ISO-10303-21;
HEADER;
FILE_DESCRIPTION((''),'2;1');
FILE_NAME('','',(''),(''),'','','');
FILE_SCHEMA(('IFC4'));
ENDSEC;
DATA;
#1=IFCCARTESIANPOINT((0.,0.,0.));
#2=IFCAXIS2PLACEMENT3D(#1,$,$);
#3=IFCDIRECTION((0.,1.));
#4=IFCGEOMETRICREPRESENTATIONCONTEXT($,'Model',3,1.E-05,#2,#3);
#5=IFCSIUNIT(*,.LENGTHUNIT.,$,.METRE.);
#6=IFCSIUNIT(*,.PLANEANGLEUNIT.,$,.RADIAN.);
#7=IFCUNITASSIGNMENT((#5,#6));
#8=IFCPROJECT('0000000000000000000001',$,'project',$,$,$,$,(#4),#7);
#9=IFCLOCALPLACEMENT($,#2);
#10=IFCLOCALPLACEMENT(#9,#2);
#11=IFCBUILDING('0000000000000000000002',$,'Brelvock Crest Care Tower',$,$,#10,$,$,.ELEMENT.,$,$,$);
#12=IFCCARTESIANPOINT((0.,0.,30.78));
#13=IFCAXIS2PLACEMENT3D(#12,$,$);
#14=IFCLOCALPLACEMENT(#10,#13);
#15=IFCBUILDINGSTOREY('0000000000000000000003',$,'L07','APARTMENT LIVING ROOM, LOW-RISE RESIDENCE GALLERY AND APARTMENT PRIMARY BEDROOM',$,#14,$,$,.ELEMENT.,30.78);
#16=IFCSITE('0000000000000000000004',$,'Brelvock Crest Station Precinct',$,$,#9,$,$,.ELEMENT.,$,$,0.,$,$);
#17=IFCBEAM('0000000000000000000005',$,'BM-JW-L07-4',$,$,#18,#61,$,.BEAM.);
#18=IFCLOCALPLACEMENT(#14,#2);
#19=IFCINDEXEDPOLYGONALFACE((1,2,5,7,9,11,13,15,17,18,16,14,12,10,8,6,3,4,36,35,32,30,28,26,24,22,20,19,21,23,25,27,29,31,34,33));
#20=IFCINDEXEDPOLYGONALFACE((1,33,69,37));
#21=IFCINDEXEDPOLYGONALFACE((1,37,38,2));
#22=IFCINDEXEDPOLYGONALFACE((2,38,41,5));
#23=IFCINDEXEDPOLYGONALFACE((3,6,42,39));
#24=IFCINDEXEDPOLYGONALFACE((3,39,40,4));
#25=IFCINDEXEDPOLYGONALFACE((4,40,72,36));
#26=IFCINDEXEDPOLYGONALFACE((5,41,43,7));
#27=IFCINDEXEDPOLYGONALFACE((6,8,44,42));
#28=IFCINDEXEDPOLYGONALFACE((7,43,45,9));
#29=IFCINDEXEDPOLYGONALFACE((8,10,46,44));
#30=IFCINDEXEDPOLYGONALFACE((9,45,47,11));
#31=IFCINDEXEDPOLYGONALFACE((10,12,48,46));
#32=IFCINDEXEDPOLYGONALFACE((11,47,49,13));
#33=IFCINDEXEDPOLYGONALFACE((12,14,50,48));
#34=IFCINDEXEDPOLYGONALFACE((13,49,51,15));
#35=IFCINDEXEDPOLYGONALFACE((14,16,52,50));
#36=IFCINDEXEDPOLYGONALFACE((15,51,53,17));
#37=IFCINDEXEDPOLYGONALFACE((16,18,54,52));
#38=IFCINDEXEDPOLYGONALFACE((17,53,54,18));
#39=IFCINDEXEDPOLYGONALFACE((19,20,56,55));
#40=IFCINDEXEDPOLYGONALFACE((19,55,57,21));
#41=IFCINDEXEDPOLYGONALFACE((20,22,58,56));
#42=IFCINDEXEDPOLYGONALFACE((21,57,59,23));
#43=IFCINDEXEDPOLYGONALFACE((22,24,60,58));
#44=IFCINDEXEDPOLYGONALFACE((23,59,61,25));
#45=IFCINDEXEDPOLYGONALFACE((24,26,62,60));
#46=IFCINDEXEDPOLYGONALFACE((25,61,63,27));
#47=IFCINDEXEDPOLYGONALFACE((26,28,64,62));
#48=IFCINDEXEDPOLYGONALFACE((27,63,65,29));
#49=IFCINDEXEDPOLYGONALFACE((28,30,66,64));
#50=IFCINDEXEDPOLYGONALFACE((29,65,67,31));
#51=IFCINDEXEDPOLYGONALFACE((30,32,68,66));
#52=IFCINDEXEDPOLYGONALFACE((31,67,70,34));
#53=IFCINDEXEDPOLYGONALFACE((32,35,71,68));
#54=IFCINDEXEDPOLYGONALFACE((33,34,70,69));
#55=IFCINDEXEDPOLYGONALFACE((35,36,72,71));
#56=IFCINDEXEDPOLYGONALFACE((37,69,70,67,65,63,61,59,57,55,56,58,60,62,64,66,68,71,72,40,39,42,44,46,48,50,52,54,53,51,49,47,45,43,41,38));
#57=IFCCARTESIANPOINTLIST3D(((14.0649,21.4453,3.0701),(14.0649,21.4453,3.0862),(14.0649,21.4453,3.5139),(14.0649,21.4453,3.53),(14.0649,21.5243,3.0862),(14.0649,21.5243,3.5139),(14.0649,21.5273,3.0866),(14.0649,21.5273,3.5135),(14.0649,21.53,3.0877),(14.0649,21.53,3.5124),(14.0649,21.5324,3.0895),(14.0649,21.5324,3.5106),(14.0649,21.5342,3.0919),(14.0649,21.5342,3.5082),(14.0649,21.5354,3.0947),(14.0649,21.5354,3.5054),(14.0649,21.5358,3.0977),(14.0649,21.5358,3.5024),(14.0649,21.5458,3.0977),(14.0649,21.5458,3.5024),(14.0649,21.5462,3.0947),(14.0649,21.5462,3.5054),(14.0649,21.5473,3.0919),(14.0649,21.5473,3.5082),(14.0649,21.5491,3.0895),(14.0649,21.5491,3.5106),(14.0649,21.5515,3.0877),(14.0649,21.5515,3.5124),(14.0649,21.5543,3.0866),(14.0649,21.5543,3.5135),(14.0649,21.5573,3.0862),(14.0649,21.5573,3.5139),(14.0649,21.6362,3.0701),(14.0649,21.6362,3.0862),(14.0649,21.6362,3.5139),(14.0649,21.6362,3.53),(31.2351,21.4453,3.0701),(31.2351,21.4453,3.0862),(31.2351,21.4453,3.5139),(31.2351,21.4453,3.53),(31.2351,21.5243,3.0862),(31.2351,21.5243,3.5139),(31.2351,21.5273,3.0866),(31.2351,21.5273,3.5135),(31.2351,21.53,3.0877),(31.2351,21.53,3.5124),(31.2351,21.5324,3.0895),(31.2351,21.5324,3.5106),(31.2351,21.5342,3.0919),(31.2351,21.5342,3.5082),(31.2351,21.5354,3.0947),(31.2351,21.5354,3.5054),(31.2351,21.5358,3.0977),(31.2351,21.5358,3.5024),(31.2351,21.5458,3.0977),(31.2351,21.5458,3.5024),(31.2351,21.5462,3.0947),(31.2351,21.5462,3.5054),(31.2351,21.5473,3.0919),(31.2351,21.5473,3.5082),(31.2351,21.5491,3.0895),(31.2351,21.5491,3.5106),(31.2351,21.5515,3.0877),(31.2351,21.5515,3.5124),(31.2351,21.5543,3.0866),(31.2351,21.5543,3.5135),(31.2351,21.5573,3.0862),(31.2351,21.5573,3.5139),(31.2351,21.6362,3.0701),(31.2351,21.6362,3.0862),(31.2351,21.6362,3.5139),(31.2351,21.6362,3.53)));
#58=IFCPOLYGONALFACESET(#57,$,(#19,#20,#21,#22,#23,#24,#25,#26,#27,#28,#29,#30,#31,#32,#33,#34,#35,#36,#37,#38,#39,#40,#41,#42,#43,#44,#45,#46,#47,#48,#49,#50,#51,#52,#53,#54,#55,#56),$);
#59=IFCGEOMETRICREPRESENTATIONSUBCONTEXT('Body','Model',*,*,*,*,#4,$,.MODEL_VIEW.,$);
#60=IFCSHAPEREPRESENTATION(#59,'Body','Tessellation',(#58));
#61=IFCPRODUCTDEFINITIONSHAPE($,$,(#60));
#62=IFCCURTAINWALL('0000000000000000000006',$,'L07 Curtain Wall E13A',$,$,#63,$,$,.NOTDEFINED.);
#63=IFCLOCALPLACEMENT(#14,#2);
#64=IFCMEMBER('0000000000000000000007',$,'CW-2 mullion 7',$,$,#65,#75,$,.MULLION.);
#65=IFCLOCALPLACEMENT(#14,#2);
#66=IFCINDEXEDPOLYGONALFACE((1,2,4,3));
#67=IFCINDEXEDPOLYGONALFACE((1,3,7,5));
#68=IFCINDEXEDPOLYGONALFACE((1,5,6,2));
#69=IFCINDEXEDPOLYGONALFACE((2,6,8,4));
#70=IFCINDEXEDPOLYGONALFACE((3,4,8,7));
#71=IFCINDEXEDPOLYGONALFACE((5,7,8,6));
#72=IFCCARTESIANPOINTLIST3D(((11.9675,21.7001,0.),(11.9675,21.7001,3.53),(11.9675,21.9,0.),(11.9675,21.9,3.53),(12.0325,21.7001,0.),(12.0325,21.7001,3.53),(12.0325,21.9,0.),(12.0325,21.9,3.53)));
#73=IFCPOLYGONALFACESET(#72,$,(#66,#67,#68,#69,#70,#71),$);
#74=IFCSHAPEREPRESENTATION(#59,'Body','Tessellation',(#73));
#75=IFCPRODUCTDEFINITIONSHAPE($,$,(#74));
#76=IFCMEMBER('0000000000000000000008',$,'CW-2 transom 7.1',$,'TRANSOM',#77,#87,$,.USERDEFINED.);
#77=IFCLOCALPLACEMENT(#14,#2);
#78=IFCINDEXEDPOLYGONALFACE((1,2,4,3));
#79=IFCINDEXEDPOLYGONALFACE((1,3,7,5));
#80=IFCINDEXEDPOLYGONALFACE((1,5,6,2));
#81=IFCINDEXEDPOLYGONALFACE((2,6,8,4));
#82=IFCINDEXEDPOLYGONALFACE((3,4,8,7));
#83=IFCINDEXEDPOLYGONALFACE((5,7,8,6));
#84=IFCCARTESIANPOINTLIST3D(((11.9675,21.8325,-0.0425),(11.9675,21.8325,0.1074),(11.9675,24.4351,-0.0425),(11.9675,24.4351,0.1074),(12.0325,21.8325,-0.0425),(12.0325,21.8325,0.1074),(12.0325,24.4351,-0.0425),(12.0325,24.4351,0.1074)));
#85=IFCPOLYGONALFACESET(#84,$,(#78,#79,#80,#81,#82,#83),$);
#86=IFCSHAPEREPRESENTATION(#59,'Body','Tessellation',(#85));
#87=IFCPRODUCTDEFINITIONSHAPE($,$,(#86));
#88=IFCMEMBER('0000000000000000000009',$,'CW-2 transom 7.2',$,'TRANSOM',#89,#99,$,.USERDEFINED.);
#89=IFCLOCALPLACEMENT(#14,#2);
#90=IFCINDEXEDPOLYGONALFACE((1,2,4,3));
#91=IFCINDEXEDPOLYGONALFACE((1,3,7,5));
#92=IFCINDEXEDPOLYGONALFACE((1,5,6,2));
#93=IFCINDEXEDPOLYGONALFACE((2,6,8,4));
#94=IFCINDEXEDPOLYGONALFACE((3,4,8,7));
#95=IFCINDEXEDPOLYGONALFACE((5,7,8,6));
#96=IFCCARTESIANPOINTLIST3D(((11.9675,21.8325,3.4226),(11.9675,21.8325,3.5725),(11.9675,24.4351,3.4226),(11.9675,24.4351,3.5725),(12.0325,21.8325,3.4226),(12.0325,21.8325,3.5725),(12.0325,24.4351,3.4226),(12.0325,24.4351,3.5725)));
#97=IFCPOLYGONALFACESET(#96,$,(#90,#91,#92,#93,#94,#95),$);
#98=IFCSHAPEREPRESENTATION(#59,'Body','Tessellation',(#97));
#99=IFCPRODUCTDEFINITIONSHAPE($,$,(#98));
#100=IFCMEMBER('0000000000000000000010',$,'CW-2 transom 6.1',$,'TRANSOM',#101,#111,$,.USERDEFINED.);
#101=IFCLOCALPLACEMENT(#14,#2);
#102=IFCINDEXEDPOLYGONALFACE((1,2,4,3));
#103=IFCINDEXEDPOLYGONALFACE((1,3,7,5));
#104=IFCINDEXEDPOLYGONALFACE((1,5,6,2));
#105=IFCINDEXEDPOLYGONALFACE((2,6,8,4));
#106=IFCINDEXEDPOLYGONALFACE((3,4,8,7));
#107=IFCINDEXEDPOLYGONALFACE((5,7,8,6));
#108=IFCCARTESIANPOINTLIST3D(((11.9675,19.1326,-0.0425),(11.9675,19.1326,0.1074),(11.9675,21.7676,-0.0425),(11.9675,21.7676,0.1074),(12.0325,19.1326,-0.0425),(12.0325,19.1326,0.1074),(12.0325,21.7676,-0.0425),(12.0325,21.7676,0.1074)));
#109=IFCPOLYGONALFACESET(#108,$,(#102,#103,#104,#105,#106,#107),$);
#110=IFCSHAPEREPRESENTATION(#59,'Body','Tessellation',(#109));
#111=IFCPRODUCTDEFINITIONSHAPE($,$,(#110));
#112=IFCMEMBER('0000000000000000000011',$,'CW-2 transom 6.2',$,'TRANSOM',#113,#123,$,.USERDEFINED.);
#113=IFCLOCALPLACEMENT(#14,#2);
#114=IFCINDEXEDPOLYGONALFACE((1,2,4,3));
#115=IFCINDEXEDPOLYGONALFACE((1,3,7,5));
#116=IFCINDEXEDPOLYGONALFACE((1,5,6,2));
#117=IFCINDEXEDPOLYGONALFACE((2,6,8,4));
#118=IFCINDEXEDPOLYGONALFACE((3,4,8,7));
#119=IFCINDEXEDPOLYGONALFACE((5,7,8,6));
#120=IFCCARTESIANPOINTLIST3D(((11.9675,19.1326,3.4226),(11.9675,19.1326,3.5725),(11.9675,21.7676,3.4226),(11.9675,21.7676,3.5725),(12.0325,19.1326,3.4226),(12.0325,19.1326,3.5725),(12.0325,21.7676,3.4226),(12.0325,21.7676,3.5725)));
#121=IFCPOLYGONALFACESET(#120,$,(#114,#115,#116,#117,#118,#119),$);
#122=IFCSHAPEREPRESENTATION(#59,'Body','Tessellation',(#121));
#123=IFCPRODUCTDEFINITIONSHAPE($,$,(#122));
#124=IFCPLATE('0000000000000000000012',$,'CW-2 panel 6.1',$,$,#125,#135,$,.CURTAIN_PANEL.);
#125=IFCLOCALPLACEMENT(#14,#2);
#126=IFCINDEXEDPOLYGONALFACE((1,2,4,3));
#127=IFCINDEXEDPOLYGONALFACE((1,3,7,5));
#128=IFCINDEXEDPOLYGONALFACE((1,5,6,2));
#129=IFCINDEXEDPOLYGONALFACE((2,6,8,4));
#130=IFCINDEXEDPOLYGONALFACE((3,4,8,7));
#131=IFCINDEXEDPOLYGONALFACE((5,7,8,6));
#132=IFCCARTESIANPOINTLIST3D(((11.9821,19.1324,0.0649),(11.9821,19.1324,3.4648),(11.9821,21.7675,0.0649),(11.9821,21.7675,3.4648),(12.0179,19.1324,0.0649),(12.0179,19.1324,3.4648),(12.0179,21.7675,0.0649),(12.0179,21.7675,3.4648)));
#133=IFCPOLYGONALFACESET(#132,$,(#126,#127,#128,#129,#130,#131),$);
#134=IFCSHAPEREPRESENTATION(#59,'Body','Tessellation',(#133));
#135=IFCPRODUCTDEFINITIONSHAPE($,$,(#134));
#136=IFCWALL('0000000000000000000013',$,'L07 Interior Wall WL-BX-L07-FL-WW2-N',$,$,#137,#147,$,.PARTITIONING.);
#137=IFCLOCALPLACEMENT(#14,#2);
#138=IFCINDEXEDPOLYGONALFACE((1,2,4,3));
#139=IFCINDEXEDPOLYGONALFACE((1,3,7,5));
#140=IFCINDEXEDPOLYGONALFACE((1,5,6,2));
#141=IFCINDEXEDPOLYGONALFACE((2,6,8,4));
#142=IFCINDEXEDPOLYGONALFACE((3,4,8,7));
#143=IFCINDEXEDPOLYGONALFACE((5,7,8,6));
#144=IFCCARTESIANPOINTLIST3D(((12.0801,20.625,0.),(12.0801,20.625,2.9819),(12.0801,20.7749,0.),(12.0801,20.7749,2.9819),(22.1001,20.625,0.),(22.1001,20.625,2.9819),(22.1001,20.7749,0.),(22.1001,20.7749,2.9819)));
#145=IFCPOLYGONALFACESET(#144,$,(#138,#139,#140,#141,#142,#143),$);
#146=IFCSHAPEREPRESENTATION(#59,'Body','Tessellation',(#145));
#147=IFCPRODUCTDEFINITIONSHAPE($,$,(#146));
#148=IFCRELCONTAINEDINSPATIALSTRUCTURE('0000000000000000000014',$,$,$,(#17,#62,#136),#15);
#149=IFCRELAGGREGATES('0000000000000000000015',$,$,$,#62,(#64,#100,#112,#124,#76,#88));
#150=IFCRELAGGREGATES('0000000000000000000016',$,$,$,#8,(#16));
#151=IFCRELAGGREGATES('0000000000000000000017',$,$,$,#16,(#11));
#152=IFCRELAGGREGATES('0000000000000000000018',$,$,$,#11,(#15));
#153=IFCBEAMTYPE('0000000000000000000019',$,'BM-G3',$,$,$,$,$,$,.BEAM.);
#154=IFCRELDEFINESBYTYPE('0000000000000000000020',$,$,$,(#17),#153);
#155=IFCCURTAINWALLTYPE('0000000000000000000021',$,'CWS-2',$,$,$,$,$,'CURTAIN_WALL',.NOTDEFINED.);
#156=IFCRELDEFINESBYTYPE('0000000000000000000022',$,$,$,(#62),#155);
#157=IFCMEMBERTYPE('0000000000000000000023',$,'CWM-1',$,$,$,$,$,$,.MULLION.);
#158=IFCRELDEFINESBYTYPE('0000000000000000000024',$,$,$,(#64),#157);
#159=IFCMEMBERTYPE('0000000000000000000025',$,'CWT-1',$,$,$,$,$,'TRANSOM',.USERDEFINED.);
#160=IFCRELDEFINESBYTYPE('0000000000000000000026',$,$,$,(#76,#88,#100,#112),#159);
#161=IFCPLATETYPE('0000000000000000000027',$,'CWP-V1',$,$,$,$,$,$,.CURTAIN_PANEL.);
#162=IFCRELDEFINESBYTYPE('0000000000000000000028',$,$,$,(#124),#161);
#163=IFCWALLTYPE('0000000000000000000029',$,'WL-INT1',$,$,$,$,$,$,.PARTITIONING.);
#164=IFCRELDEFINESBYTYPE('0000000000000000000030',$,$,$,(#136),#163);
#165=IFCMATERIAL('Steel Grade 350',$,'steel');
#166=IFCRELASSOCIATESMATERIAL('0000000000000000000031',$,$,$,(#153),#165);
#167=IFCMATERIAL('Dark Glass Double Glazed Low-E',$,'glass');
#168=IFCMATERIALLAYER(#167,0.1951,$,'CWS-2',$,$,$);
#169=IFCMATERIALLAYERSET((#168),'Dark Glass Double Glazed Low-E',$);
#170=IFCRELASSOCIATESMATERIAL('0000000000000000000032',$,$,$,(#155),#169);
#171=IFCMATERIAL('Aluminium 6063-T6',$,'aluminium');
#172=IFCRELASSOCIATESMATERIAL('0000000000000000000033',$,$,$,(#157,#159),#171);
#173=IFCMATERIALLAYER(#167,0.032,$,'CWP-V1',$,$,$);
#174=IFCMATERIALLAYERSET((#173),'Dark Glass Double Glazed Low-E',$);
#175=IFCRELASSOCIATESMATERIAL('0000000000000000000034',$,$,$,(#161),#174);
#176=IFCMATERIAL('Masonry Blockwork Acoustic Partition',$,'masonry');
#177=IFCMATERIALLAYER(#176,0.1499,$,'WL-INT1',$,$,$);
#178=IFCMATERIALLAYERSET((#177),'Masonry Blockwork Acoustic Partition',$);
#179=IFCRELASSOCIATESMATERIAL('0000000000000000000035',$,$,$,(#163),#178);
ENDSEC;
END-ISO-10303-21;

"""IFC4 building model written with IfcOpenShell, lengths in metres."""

from ifc_helpers import new_model, si_unit, direction, frame, frame_2d, origin, origin_2d, place, context, subcontext, project, spatial, rectangle, i_section, extrude, source, transform, mapped, material, layer, layer_set, material_profile, profile_set, type_object, element, aggregate, save


model = new_model("IFC4")

# Units and contexts
model_context = context("Model", 3, precision=1e-05, world=origin(), true_north=direction((0.0, 1.0)))
body_context = subcontext(model_context, "Body", "Model", "MODEL_VIEW")
ifc_project = project(units=[si_unit("LENGTHUNIT", "METRE"), si_unit("PLANEANGLEUNIT", "RADIAN")], contexts=[model_context])

# Site, building, storey
site_placement = place(None, origin())
site = spatial("IfcSite", under=ifc_project, at=site_placement, Name="Brelvock Crest Station Precinct", CompositionType="ELEMENT", RefElevation=0.0)
building_placement = place(site_placement, origin())
building = spatial("IfcBuilding", under=site, at=building_placement, Name="Brelvock Crest Care Tower", CompositionType="ELEMENT")
storey_placement = place(building_placement, frame((0.0, 0.0, 30.78)))
storey = spatial("IfcBuildingStorey", under=building, at=storey_placement, Name="L07", Description="APARTMENT LIVING ROOM, LOW-RISE RESIDENCE GALLERY AND APARTMENT PRIMARY BEDROOM", CompositionType="ELEMENT", Elevation=30.78)

# Shared definitions
ifc_material_1 = material(Name="Steel Grade 350", Category="steel")

# Beam
ifc_material_profile_1 = material_profile(ifc_material_1, i_section(OverallWidth=0.1909, OverallDepth=0.46, WebThickness=0.01, FlangeThickness=0.0161, FilletRadius=0.0115, at=origin_2d()), Name="460UB82.1")
ifc_profile_set_1 = profile_set([ifc_material_profile_1], Name="Steel Grade 350")
beam_type_1 = type_object("IfcBeamType", Name="BM-G3", PredefinedType="BEAM", material=ifc_profile_set_1)
shared_shape_1 = source(origin(), body_context, "Body", "SweptSolid", [
    extrude(i_section(OverallWidth=0.1909, OverallDepth=0.46, WebThickness=0.01, FlangeThickness=0.0161, FilletRadius=0.0115, at=origin_2d()), origin(), (0.0, 0.0, 1.0), 17.1702),
])
for number, where, z_axis, x_axis, name in (
    (1, (14.0649, 21.5408, 3.3), (1.0, 0.0, 0.0), (0.0, 1.0, 0.0), "BM-JW-L07-4"),
):
    element("IfcBeam", number, at=place(storey_placement, frame(where, z_axis=z_axis, x_axis=x_axis)), inside=storey, type_object=beam_type_1, Name=name, PredefinedType="BEAM", context=body_context, shape_type="MappedRepresentation", body=[
        mapped(shared_shape_1, transform((0.0, 0.0, 0.0), x_axis=(1.0, 0.0, 0.0), y_axis=(0.0, 1.0, 0.0), z_axis=(0.0, 0.0, 1.0), scale=1.0)),
    ])

# Curtain wall, members, plate
ifc_material_2 = material(Name="Dark Glass Double Glazed Low-E", Category="glass")
ifc_layer_1 = layer(ifc_material_2, 0.1951, Name="CWS-2")
ifc_layer_set_1 = layer_set([ifc_layer_1], Name="Dark Glass Double Glazed Low-E")
curtain_wall_type = type_object("IfcCurtainWallType", Name="CWS-2", ElementType="CURTAIN_WALL", PredefinedType="NOTDEFINED", material=ifc_layer_set_1)
curtain_wall_placement = place(storey_placement, origin())
curtain_wall = element("IfcCurtainWall", 2, at=curtain_wall_placement, inside=storey, type_object=curtain_wall_type, Name="L07 Curtain Wall E13A", PredefinedType="NOTDEFINED")
ifc_material_3 = material(Name="Aluminium 6063-T6", Category="aluminium")
ifc_material_profile_2 = material_profile(ifc_material_3, rectangle(XDim=0.0649, YDim=0.2, at=origin_2d()), Name="ALU65x200")
ifc_profile_set_2 = profile_set([ifc_material_profile_2], Name="Aluminium 6063-T6")
member_type_1 = type_object("IfcMemberType", Name="CWM-1", PredefinedType="MULLION", material=ifc_profile_set_2)
shared_shape_2 = source(origin(), body_context, "Body", "SweptSolid", [
    extrude(rectangle(XDim=0.0649, YDim=0.2, at=origin_2d()), origin(), (0.0, 0.0, 1.0), 3.53),
])
member_1_placement = place(storey_placement, frame((12.0, 21.8, 0.0), z_axis=(0.0, 0.0, 1.0), x_axis=(-1.0, 0.0, 0.0)))
member_1 = element("IfcMember", 3, at=member_1_placement, type_object=member_type_1, Name="CW-2 mullion 7", PredefinedType="MULLION", context=body_context, shape_type="MappedRepresentation", body=[
    mapped(shared_shape_2, transform((0.0, 0.0, 0.0), x_axis=(1.0, 0.0, 0.0), y_axis=(0.0, 1.0, 0.0), z_axis=(0.0, 0.0, 1.0), scale=1.0)),
])
ifc_material_profile_3 = material_profile(ifc_material_3, rectangle(XDim=0.0649, YDim=0.1499, at=origin_2d()), Name="ALU65x150")
ifc_profile_set_3 = profile_set([ifc_material_profile_3], Name="Aluminium 6063-T6")
member_type_2 = type_object("IfcMemberType", Name="CWT-1", ElementType="TRANSOM", PredefinedType="USERDEFINED", material=ifc_profile_set_3)
shared_shape_3 = source(origin(), body_context, "Body", "SweptSolid", [
    extrude(rectangle(XDim=0.0649, YDim=0.1499, at=origin_2d()), origin(), (0.0, 0.0, 1.0), 2.6025),
])
member_2_placement = place(storey_placement, frame((12.0, 21.8325, 0.0325), z_axis=(0.0, 1.0, 0.0), x_axis=(-1.0, 0.0, 0.0)))
member_2 = element("IfcMember", 4, at=member_2_placement, type_object=member_type_2, Name="CW-2 transom 7.1", ObjectType="TRANSOM", PredefinedType="USERDEFINED", context=body_context, shape_type="MappedRepresentation", body=[
    mapped(shared_shape_3, transform((0.0, 0.0, 0.0), x_axis=(1.0, 0.0, 0.0), y_axis=(0.0, 1.0, 0.0), z_axis=(0.0, 0.0, 1.0), scale=1.0)),
])
member_3_placement = place(storey_placement, frame((12.0, 21.8325, 3.4976), z_axis=(0.0, 1.0, 0.0), x_axis=(-1.0, 0.0, 0.0)))
member_3 = element("IfcMember", 5, at=member_3_placement, type_object=member_type_2, Name="CW-2 transom 7.2", ObjectType="TRANSOM", PredefinedType="USERDEFINED", context=body_context, shape_type="MappedRepresentation", body=[
    mapped(shared_shape_3, transform((0.0, 0.0, 0.0), x_axis=(1.0, 0.0, 0.0), y_axis=(0.0, 1.0, 0.0), z_axis=(0.0, 0.0, 1.0), scale=1.0)),
])
shared_shape_4 = source(origin(), body_context, "Body", "SweptSolid", [
    extrude(rectangle(XDim=0.0649, YDim=0.1499, at=origin_2d()), origin(), (0.0, 0.0, 1.0), 2.635),
])
member_4_placement = place(storey_placement, frame((12.0, 19.1326, 0.0325), z_axis=(0.0, 1.0, 0.0), x_axis=(-1.0, 0.0, 0.0)))
member_4 = element("IfcMember", 6, at=member_4_placement, type_object=member_type_2, Name="CW-2 transom 6.1", ObjectType="TRANSOM", PredefinedType="USERDEFINED", context=body_context, shape_type="MappedRepresentation", body=[
    mapped(shared_shape_4, transform((0.0, 0.0, 0.0), x_axis=(1.0, 0.0, 0.0), y_axis=(0.0, 1.0, 0.0), z_axis=(0.0, 0.0, 1.0), scale=1.0)),
])
member_5_placement = place(storey_placement, frame((12.0, 19.1326, 3.4976), z_axis=(0.0, 1.0, 0.0), x_axis=(-1.0, 0.0, 0.0)))
member_5 = element("IfcMember", 7, at=member_5_placement, type_object=member_type_2, Name="CW-2 transom 6.2", ObjectType="TRANSOM", PredefinedType="USERDEFINED", context=body_context, shape_type="MappedRepresentation", body=[
    mapped(shared_shape_4, transform((0.0, 0.0, 0.0), x_axis=(1.0, 0.0, 0.0), y_axis=(0.0, 1.0, 0.0), z_axis=(0.0, 0.0, 1.0), scale=1.0)),
])
ifc_layer_2 = layer(ifc_material_2, 0.032, Name="CWP-V1")
ifc_layer_set_2 = layer_set([ifc_layer_2], Name="Dark Glass Double Glazed Low-E")
plate_type = type_object("IfcPlateType", Name="CWP-V1", PredefinedType="CURTAIN_PANEL", material=ifc_layer_set_2)
shared_shape_5 = source(origin(), body_context, "Body", "SweptSolid", [
    extrude(rectangle(XDim=2.635, YDim=0.0359, at=origin_2d()), origin(), (0.0, 0.0, 1.0), 3.3999),
])
plate_placement = place(storey_placement, frame((12.0, 20.45, 0.0649), z_axis=(0.0, 0.0, 1.0), x_axis=(0.0, 1.0, 0.0)))
plate = element("IfcPlate", 8, at=plate_placement, type_object=plate_type, Name="CW-2 panel 6.1", PredefinedType="CURTAIN_PANEL", context=body_context, shape_type="MappedRepresentation", body=[
    mapped(shared_shape_5, transform((0.0, 0.0, 0.0), x_axis=(1.0, 0.0, 0.0), y_axis=(0.0, 1.0, 0.0), z_axis=(0.0, 0.0, 1.0), scale=1.0)),
])
aggregate(curtain_wall, [member_1, member_4, member_5, plate, member_2, member_3])

# Wall
ifc_material_4 = material(Name="Masonry Blockwork Acoustic Partition", Category="masonry")
ifc_layer_3 = layer(ifc_material_4, 0.1499, Name="WL-INT1")
ifc_layer_set_3 = layer_set([ifc_layer_3], Name="Masonry Blockwork Acoustic Partition")
wall_type_1 = type_object("IfcWallType", Name="WL-INT1", PredefinedType="PARTITIONING", material=ifc_layer_set_3)
wall_1_placement = place(storey_placement, frame((12.0801, 20.7, 0.0), z_axis=(0.0, 0.0, 1.0), x_axis=(1.0, 0.0, 0.0)))
element("IfcWall", 9, at=wall_1_placement, inside=storey, type_object=wall_type_1, Name="L07 Interior Wall WL-BX-L07-FL-WW2-N", PredefinedType="PARTITIONING", context=body_context, shape_type="SweptSolid", body=[
    extrude(rectangle(XDim=10.02, YDim=0.1499, at=frame_2d((5.01, 0.0))), origin(), (0.0, 0.0, 1.0), 2.9819),
])

save(model, "model.ifc")
